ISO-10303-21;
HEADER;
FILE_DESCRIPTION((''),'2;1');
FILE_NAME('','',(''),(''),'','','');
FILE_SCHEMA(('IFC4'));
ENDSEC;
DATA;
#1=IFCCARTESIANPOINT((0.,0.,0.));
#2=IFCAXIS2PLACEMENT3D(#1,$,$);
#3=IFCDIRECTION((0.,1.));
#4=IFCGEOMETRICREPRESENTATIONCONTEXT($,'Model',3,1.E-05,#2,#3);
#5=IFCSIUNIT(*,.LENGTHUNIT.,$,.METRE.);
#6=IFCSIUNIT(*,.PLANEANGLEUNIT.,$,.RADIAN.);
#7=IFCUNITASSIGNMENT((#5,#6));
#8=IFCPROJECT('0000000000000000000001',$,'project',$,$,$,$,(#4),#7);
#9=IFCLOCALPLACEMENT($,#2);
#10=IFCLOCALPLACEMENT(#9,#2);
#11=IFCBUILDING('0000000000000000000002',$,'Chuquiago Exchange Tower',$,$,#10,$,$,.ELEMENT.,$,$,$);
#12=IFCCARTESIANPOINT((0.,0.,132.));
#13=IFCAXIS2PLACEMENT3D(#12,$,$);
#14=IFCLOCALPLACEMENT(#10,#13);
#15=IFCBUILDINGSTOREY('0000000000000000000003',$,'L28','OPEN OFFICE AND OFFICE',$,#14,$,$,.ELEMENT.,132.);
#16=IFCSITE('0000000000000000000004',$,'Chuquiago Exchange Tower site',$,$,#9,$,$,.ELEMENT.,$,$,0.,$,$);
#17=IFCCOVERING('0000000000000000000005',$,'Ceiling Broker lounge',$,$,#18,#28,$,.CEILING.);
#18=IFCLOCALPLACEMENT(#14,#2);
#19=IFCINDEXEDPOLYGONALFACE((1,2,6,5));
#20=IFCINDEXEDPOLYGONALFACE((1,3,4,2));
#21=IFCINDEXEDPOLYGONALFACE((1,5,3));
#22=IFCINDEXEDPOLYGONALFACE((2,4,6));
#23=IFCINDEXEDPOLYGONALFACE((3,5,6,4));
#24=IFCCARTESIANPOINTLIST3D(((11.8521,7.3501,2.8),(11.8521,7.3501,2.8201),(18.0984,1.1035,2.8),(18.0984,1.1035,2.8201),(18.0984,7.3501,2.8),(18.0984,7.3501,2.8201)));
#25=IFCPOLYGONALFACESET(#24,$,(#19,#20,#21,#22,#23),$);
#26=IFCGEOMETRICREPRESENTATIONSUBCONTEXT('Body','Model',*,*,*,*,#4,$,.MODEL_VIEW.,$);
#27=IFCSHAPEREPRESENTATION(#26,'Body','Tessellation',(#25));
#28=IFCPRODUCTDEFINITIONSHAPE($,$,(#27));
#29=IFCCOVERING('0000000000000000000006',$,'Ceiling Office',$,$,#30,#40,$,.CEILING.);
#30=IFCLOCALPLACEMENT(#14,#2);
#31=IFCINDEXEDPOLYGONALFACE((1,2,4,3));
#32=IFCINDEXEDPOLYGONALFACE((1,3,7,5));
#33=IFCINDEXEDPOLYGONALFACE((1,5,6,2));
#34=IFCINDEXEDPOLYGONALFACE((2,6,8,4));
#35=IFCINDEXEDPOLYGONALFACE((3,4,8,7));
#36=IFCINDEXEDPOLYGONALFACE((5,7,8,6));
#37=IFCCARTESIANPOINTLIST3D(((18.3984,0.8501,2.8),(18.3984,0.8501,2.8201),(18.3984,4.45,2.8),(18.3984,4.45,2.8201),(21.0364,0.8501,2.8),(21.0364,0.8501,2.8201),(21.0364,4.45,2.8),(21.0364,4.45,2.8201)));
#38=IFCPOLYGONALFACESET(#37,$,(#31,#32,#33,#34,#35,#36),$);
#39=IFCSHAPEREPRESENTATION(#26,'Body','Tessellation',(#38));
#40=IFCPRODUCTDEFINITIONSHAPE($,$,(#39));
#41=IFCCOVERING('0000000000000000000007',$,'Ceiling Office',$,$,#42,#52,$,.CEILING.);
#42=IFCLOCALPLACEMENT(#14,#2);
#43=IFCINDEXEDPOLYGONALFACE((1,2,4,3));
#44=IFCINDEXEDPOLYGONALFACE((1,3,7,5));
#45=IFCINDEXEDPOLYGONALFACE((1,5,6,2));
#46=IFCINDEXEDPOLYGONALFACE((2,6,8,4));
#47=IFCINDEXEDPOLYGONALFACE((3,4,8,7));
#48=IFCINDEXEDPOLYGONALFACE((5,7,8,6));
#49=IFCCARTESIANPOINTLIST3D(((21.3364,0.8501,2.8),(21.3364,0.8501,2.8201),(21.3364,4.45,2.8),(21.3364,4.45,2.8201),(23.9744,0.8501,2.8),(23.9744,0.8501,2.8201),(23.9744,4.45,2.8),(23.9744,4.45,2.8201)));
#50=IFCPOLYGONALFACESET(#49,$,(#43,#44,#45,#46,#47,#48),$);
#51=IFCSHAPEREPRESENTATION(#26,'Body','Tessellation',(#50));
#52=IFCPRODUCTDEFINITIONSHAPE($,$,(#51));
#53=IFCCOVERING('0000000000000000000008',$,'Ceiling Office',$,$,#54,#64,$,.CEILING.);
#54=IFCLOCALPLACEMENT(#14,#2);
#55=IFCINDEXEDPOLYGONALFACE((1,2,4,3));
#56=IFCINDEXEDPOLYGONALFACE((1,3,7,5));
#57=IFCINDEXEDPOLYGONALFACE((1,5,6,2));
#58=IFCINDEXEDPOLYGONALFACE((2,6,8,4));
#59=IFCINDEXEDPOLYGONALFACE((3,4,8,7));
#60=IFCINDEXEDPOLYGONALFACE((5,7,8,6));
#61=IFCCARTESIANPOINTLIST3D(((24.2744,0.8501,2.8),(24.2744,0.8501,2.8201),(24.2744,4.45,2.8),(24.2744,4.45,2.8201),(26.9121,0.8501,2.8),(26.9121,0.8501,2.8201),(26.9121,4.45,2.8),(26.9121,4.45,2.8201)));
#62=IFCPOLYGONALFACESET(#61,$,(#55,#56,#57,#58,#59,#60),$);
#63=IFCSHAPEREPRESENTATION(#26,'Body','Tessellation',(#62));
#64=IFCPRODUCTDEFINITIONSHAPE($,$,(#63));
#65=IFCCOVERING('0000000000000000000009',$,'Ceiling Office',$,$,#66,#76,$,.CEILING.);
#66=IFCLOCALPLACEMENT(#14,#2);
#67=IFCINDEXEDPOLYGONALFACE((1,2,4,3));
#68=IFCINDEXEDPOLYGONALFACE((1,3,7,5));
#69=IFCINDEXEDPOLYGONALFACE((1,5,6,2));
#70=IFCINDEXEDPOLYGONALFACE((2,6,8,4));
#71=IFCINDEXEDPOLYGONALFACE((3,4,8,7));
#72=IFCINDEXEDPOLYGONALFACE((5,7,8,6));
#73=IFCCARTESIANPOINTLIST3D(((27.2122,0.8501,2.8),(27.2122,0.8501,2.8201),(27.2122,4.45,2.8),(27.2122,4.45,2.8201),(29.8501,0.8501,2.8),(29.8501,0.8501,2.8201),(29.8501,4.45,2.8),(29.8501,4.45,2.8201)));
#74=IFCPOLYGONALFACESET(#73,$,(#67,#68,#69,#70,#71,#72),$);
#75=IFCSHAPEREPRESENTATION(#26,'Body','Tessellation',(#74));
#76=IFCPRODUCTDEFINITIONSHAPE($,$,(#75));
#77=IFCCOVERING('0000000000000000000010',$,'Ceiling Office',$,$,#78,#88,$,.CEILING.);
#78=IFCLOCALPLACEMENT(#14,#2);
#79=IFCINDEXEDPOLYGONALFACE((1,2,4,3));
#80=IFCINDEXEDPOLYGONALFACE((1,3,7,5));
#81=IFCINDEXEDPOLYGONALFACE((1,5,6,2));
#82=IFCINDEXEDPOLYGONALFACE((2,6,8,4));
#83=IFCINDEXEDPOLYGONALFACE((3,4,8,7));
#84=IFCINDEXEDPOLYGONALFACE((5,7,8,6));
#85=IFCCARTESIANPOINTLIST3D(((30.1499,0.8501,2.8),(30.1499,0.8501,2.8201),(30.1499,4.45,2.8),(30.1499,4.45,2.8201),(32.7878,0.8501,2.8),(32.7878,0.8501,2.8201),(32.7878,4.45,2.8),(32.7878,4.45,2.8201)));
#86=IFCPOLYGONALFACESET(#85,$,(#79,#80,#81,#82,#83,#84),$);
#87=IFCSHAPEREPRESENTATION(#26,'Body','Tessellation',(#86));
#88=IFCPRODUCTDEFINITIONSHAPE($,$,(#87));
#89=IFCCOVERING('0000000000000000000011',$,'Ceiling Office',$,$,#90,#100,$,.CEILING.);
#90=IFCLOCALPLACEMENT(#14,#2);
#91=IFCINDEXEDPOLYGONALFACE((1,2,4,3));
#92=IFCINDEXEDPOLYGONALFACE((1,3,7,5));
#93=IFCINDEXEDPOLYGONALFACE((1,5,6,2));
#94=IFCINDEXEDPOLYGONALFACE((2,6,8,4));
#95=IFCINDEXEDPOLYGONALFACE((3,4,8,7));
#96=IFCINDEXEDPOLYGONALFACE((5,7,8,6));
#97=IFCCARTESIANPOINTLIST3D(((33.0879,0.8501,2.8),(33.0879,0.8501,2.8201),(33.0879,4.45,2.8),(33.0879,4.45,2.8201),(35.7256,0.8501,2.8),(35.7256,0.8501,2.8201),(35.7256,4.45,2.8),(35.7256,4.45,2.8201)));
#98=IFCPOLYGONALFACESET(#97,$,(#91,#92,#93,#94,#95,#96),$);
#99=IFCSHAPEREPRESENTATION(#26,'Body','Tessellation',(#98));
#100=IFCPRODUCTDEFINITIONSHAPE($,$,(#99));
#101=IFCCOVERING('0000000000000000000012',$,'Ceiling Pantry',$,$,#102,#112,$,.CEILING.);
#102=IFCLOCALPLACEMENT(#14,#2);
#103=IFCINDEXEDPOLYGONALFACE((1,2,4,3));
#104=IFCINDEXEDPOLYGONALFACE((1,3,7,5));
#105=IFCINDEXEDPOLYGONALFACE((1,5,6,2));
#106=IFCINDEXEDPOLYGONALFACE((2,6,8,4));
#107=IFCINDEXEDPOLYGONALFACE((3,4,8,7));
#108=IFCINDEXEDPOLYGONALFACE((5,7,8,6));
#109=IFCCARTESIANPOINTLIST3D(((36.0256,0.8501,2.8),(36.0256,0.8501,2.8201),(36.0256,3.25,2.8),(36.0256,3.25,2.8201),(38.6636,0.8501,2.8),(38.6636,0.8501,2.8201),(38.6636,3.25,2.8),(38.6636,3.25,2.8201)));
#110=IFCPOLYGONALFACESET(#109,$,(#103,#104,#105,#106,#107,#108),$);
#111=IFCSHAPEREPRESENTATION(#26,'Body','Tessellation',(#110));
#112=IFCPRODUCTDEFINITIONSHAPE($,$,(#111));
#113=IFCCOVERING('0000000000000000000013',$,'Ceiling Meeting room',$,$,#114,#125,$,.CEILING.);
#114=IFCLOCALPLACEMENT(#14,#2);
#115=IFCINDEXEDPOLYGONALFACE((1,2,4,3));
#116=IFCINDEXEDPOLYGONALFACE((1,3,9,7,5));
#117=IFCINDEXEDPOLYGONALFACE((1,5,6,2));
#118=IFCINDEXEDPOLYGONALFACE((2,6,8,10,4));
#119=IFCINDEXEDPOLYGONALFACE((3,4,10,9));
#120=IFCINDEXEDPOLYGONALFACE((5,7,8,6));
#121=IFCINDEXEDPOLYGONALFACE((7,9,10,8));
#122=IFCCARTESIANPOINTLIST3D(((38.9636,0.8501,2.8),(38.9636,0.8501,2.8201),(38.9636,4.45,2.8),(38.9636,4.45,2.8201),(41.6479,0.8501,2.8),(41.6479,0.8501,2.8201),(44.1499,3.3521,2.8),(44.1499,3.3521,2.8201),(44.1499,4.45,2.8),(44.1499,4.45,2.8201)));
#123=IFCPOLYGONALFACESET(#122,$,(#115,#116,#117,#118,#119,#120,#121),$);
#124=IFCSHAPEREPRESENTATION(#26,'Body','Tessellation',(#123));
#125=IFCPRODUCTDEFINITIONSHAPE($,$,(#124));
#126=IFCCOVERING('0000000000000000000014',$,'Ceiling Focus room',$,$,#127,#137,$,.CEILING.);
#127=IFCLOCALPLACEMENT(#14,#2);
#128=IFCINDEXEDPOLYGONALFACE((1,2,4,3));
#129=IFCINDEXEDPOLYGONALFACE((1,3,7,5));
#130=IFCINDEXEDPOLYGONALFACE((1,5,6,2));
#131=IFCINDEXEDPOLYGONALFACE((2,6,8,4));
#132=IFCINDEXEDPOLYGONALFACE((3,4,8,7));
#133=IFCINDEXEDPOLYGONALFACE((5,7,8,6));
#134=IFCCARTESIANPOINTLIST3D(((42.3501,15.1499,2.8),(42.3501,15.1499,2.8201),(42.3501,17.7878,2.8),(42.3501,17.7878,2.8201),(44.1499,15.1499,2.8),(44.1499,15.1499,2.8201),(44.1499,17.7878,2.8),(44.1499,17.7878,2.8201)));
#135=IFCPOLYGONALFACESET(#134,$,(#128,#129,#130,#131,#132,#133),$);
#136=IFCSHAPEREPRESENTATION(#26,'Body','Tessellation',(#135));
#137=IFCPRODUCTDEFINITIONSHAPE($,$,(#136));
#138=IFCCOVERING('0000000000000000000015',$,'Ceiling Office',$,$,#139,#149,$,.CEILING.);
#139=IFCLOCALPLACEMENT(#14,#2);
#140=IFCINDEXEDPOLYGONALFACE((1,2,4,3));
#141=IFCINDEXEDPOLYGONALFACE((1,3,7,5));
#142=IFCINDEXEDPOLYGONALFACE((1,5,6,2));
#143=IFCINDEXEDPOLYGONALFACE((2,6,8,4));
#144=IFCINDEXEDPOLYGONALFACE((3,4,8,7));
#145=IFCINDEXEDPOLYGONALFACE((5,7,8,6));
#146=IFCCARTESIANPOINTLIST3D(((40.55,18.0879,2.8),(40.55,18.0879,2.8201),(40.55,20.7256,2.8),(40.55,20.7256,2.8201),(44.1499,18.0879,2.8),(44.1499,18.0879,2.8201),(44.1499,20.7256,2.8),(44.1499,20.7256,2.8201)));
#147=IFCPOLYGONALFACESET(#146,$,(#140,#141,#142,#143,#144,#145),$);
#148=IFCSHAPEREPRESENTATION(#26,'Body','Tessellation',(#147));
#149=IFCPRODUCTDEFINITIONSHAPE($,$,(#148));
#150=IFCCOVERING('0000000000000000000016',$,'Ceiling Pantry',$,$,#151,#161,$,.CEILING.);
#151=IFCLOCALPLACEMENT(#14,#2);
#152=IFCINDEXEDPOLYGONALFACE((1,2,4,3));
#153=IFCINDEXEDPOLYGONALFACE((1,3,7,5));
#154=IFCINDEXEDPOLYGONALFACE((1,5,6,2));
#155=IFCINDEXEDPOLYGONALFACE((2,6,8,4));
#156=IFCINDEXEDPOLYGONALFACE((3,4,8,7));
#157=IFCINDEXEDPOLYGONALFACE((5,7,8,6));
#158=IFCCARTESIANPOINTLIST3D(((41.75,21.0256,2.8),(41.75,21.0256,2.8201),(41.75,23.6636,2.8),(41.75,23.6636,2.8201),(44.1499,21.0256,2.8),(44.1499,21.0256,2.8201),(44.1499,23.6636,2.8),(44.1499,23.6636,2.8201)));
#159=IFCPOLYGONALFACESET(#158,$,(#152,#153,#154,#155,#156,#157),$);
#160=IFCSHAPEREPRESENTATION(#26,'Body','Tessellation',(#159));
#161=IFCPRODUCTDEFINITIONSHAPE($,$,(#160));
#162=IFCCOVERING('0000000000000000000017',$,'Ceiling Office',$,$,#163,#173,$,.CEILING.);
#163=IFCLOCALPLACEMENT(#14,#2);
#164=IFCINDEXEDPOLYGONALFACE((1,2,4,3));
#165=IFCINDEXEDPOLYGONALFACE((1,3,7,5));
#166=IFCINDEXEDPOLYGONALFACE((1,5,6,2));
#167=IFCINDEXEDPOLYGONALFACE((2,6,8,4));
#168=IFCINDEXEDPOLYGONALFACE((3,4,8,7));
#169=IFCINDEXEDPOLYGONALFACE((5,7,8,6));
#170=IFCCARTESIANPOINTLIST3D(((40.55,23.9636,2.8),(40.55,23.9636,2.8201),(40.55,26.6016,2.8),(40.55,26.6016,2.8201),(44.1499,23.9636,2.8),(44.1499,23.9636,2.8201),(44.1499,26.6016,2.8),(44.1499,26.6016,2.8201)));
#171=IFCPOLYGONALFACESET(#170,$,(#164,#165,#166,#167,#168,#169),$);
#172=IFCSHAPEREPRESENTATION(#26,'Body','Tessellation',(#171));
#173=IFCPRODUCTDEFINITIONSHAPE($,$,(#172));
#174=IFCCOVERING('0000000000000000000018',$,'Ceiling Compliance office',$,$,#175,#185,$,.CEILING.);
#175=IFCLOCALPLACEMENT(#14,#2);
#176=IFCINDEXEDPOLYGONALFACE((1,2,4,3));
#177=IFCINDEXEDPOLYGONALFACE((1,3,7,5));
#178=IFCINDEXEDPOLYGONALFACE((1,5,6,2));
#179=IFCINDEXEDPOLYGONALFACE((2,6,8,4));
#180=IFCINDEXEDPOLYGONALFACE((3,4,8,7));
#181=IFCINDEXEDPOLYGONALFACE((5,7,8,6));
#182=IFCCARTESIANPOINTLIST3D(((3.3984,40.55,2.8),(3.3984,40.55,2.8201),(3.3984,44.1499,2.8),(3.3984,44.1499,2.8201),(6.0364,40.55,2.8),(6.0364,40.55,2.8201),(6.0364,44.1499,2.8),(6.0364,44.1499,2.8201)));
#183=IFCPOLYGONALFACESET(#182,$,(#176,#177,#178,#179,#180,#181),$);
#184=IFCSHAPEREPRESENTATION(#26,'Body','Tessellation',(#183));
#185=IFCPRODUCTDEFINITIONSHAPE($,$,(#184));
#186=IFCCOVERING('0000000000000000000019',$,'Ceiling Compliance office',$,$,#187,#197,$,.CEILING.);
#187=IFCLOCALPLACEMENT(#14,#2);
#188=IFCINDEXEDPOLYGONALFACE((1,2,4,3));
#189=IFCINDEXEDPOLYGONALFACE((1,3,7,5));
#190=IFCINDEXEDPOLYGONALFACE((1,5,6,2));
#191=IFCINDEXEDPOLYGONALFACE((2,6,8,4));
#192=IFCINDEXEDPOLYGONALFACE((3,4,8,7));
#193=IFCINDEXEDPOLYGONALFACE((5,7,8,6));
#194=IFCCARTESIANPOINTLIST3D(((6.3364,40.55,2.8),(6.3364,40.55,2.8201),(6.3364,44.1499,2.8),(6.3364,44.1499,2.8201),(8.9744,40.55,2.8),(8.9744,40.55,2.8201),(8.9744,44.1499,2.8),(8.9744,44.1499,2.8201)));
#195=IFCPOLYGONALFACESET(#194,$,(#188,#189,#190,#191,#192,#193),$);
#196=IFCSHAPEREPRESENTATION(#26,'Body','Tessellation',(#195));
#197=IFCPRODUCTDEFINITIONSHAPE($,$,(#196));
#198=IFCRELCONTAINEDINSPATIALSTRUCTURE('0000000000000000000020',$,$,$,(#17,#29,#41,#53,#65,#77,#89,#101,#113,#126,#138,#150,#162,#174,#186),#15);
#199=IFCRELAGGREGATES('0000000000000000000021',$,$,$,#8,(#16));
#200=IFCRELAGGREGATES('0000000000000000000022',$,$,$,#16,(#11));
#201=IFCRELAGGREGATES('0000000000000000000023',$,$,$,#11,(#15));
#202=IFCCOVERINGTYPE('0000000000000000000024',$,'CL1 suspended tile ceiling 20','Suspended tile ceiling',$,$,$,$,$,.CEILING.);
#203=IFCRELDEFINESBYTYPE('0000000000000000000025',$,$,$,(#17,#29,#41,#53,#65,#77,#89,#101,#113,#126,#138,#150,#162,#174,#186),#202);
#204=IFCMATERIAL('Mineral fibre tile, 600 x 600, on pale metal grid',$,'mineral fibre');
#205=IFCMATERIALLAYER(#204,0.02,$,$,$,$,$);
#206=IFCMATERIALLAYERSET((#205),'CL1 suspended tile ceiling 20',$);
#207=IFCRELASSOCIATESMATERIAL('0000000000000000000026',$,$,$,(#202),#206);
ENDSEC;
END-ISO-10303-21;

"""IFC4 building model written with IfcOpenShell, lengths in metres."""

from ifc_helpers import new_model, si_unit, direction, frame, origin, place, context, subcontext, project, spatial, polyline, outline, extrude, material, layer, layer_set, type_object, element, save


model = new_model("IFC4")

# Units and contexts
model_context = context("Model", 3, precision=1e-05, world=origin(), true_north=direction((0.0, 1.0)))
body_context = subcontext(model_context, "Body", "Model", "MODEL_VIEW")
ifc_project = project(units=[si_unit("LENGTHUNIT", "METRE"), si_unit("PLANEANGLEUNIT", "RADIAN")], contexts=[model_context])

# Site, building, storey
site_placement = place(None, origin())
site = spatial("IfcSite", under=ifc_project, at=site_placement, Name="Chuquiago Exchange Tower site", CompositionType="ELEMENT", RefElevation=0.0)
building_placement = place(site_placement, origin())
building = spatial("IfcBuilding", under=site, at=building_placement, Name="Chuquiago Exchange Tower", CompositionType="ELEMENT")
storey_placement = place(building_placement, frame((0.0, 0.0, 132.0)))
storey = spatial("IfcBuildingStorey", under=building, at=storey_placement, Name="L28", Description="OPEN OFFICE AND OFFICE", CompositionType="ELEMENT", Elevation=132.0)

# Coverings
ifc_material_1 = material(Name="Mineral fibre tile, 600 x 600, on pale metal grid", Category="mineral fibre")
ifc_layer_1 = layer(ifc_material_1, 0.02)
ifc_layer_set_1 = layer_set([ifc_layer_1], Name="CL1 suspended tile ceiling 20")
covering_type_1 = type_object("IfcCoveringType", Name="CL1 suspended tile ceiling 20", Description="Suspended tile ceiling", PredefinedType="CEILING", material=ifc_layer_set_1)
covering_1_placement = place(storey_placement, frame((0.0, 0.0, 2.8)))
element("IfcCovering", 1, at=covering_1_placement, inside=storey, type_object=covering_type_1, Name="Ceiling Broker lounge", PredefinedType="CEILING", context=body_context, shape_type="SweptSolid", body=[
    extrude(outline(polyline([(18.0984, 7.3501), (18.0984, 1.1035), (11.8521, 7.3501), (18.0984, 7.3501)])), origin(), (0.0, 0.0, 1.0), 0.02),
])
covering_2_placement = place(storey_placement, frame((0.0, 0.0, 2.8)))
element("IfcCovering", 2, at=covering_2_placement, inside=storey, type_object=covering_type_1, Name="Ceiling Office", PredefinedType="CEILING", context=body_context, shape_type="SweptSolid", body=[
    extrude(outline(polyline([(18.3984, 4.45), (21.0364, 4.45), (21.0364, 0.8501), (18.3984, 0.8501), (18.3984, 4.45)])), origin(), (0.0, 0.0, 1.0), 0.02),
])
covering_3_placement = place(storey_placement, frame((0.0, 0.0, 2.8)))
element("IfcCovering", 3, at=covering_3_placement, inside=storey, type_object=covering_type_1, Name="Ceiling Office", PredefinedType="CEILING", context=body_context, shape_type="SweptSolid", body=[
    extrude(outline(polyline([(21.3364, 4.45), (23.9744, 4.45), (23.9744, 0.8501), (21.3364, 0.8501), (21.3364, 4.45)])), origin(), (0.0, 0.0, 1.0), 0.02),
])
covering_4_placement = place(storey_placement, frame((0.0, 0.0, 2.8)))
element("IfcCovering", 4, at=covering_4_placement, inside=storey, type_object=covering_type_1, Name="Ceiling Office", PredefinedType="CEILING", context=body_context, shape_type="SweptSolid", body=[
    extrude(outline(polyline([(24.2744, 4.45), (26.9121, 4.45), (26.9121, 0.8501), (24.2744, 0.8501), (24.2744, 4.45)])), origin(), (0.0, 0.0, 1.0), 0.02),
])
covering_5_placement = place(storey_placement, frame((0.0, 0.0, 2.8)))
element("IfcCovering", 5, at=covering_5_placement, inside=storey, type_object=covering_type_1, Name="Ceiling Office", PredefinedType="CEILING", context=body_context, shape_type="SweptSolid", body=[
    extrude(outline(polyline([(27.2122, 4.45), (29.8501, 4.45), (29.8501, 0.8501), (27.2122, 0.8501), (27.2122, 4.45)])), origin(), (0.0, 0.0, 1.0), 0.02),
])
covering_6_placement = place(storey_placement, frame((0.0, 0.0, 2.8)))
element("IfcCovering", 6, at=covering_6_placement, inside=storey, type_object=covering_type_1, Name="Ceiling Office", PredefinedType="CEILING", context=body_context, shape_type="SweptSolid", body=[
    extrude(outline(polyline([(30.1499, 4.45), (32.7878, 4.45), (32.7878, 0.8501), (30.1499, 0.8501), (30.1499, 4.45)])), origin(), (0.0, 0.0, 1.0), 0.02),
])
covering_7_placement = place(storey_placement, frame((0.0, 0.0, 2.8)))
element("IfcCovering", 7, at=covering_7_placement, inside=storey, type_object=covering_type_1, Name="Ceiling Office", PredefinedType="CEILING", context=body_context, shape_type="SweptSolid", body=[
    extrude(outline(polyline([(33.0879, 4.45), (35.7256, 4.45), (35.7256, 0.8501), (33.0879, 0.8501), (33.0879, 4.45)])), origin(), (0.0, 0.0, 1.0), 0.02),
])
covering_8_placement = place(storey_placement, frame((0.0, 0.0, 2.8)))
element("IfcCovering", 8, at=covering_8_placement, inside=storey, type_object=covering_type_1, Name="Ceiling Pantry", PredefinedType="CEILING", context=body_context, shape_type="SweptSolid", body=[
    extrude(outline(polyline([(36.0256, 3.25), (38.6636, 3.25), (38.6636, 0.8501), (36.0256, 0.8501), (36.0256, 3.25)])), origin(), (0.0, 0.0, 1.0), 0.02),
])
covering_9_placement = place(storey_placement, frame((0.0, 0.0, 2.8)))
element("IfcCovering", 9, at=covering_9_placement, inside=storey, type_object=covering_type_1, Name="Ceiling Meeting room", PredefinedType="CEILING", context=body_context, shape_type="SweptSolid", body=[
    extrude(outline(polyline([(41.6479, 0.8501), (38.9636, 0.8501), (38.9636, 4.45), (44.1499, 4.45), (44.1499, 3.3521), (41.6479, 0.8501)])), origin(), (0.0, 0.0, 1.0), 0.02),
])
covering_10_placement = place(storey_placement, frame((0.0, 0.0, 2.8)))
element("IfcCovering", 10, at=covering_10_placement, inside=storey, type_object=covering_type_1, Name="Ceiling Focus room", PredefinedType="CEILING", context=body_context, shape_type="SweptSolid", body=[
    extrude(outline(polyline([(42.3501, 15.1499), (42.3501, 17.7878), (44.1499, 17.7878), (44.1499, 15.1499), (42.3501, 15.1499)])), origin(), (0.0, 0.0, 1.0), 0.02),
])
covering_11_placement = place(storey_placement, frame((0.0, 0.0, 2.8)))
element("IfcCovering", 11, at=covering_11_placement, inside=storey, type_object=covering_type_1, Name="Ceiling Office", PredefinedType="CEILING", context=body_context, shape_type="SweptSolid", body=[
    extrude(outline(polyline([(40.55, 18.0879), (40.55, 20.7256), (44.1499, 20.7256), (44.1499, 18.0879), (40.55, 18.0879)])), origin(), (0.0, 0.0, 1.0), 0.02),
])
covering_12_placement = place(storey_placement, frame((0.0, 0.0, 2.8)))
element("IfcCovering", 12, at=covering_12_placement, inside=storey, type_object=covering_type_1, Name="Ceiling Pantry", PredefinedType="CEILING", context=body_context, shape_type="SweptSolid", body=[
    extrude(outline(polyline([(41.75, 21.0256), (41.75, 23.6636), (44.1499, 23.6636), (44.1499, 21.0256), (41.75, 21.0256)])), origin(), (0.0, 0.0, 1.0), 0.02),
])
covering_13_placement = place(storey_placement, frame((0.0, 0.0, 2.8)))
element("IfcCovering", 13, at=covering_13_placement, inside=storey, type_object=covering_type_1, Name="Ceiling Office", PredefinedType="CEILING", context=body_context, shape_type="SweptSolid", body=[
    extrude(outline(polyline([(44.1499, 23.9636), (40.55, 23.9636), (40.55, 26.6016), (44.1499, 26.6016), (44.1499, 23.9636)])), origin(), (0.0, 0.0, 1.0), 0.02),
])
covering_14_placement = place(storey_placement, frame((0.0, 0.0, 2.8)))
element("IfcCovering", 14, at=covering_14_placement, inside=storey, type_object=covering_type_1, Name="Ceiling Compliance office", PredefinedType="CEILING", context=body_context, shape_type="SweptSolid", body=[
    extrude(outline(polyline([(6.0364, 44.1499), (6.0364, 40.55), (3.3984, 40.55), (3.3984, 44.1499), (6.0364, 44.1499)])), origin(), (0.0, 0.0, 1.0), 0.02),
])
covering_15_placement = place(storey_placement, frame((0.0, 0.0, 2.8)))
element("IfcCovering", 15, at=covering_15_placement, inside=storey, type_object=covering_type_1, Name="Ceiling Compliance office", PredefinedType="CEILING", context=body_context, shape_type="SweptSolid", body=[
    extrude(outline(polyline([(8.9744, 40.55), (6.3364, 40.55), (6.3364, 44.1499), (8.9744, 44.1499), (8.9744, 40.55)])), origin(), (0.0, 0.0, 1.0), 0.02),
])

save(model, "model.ifc")
